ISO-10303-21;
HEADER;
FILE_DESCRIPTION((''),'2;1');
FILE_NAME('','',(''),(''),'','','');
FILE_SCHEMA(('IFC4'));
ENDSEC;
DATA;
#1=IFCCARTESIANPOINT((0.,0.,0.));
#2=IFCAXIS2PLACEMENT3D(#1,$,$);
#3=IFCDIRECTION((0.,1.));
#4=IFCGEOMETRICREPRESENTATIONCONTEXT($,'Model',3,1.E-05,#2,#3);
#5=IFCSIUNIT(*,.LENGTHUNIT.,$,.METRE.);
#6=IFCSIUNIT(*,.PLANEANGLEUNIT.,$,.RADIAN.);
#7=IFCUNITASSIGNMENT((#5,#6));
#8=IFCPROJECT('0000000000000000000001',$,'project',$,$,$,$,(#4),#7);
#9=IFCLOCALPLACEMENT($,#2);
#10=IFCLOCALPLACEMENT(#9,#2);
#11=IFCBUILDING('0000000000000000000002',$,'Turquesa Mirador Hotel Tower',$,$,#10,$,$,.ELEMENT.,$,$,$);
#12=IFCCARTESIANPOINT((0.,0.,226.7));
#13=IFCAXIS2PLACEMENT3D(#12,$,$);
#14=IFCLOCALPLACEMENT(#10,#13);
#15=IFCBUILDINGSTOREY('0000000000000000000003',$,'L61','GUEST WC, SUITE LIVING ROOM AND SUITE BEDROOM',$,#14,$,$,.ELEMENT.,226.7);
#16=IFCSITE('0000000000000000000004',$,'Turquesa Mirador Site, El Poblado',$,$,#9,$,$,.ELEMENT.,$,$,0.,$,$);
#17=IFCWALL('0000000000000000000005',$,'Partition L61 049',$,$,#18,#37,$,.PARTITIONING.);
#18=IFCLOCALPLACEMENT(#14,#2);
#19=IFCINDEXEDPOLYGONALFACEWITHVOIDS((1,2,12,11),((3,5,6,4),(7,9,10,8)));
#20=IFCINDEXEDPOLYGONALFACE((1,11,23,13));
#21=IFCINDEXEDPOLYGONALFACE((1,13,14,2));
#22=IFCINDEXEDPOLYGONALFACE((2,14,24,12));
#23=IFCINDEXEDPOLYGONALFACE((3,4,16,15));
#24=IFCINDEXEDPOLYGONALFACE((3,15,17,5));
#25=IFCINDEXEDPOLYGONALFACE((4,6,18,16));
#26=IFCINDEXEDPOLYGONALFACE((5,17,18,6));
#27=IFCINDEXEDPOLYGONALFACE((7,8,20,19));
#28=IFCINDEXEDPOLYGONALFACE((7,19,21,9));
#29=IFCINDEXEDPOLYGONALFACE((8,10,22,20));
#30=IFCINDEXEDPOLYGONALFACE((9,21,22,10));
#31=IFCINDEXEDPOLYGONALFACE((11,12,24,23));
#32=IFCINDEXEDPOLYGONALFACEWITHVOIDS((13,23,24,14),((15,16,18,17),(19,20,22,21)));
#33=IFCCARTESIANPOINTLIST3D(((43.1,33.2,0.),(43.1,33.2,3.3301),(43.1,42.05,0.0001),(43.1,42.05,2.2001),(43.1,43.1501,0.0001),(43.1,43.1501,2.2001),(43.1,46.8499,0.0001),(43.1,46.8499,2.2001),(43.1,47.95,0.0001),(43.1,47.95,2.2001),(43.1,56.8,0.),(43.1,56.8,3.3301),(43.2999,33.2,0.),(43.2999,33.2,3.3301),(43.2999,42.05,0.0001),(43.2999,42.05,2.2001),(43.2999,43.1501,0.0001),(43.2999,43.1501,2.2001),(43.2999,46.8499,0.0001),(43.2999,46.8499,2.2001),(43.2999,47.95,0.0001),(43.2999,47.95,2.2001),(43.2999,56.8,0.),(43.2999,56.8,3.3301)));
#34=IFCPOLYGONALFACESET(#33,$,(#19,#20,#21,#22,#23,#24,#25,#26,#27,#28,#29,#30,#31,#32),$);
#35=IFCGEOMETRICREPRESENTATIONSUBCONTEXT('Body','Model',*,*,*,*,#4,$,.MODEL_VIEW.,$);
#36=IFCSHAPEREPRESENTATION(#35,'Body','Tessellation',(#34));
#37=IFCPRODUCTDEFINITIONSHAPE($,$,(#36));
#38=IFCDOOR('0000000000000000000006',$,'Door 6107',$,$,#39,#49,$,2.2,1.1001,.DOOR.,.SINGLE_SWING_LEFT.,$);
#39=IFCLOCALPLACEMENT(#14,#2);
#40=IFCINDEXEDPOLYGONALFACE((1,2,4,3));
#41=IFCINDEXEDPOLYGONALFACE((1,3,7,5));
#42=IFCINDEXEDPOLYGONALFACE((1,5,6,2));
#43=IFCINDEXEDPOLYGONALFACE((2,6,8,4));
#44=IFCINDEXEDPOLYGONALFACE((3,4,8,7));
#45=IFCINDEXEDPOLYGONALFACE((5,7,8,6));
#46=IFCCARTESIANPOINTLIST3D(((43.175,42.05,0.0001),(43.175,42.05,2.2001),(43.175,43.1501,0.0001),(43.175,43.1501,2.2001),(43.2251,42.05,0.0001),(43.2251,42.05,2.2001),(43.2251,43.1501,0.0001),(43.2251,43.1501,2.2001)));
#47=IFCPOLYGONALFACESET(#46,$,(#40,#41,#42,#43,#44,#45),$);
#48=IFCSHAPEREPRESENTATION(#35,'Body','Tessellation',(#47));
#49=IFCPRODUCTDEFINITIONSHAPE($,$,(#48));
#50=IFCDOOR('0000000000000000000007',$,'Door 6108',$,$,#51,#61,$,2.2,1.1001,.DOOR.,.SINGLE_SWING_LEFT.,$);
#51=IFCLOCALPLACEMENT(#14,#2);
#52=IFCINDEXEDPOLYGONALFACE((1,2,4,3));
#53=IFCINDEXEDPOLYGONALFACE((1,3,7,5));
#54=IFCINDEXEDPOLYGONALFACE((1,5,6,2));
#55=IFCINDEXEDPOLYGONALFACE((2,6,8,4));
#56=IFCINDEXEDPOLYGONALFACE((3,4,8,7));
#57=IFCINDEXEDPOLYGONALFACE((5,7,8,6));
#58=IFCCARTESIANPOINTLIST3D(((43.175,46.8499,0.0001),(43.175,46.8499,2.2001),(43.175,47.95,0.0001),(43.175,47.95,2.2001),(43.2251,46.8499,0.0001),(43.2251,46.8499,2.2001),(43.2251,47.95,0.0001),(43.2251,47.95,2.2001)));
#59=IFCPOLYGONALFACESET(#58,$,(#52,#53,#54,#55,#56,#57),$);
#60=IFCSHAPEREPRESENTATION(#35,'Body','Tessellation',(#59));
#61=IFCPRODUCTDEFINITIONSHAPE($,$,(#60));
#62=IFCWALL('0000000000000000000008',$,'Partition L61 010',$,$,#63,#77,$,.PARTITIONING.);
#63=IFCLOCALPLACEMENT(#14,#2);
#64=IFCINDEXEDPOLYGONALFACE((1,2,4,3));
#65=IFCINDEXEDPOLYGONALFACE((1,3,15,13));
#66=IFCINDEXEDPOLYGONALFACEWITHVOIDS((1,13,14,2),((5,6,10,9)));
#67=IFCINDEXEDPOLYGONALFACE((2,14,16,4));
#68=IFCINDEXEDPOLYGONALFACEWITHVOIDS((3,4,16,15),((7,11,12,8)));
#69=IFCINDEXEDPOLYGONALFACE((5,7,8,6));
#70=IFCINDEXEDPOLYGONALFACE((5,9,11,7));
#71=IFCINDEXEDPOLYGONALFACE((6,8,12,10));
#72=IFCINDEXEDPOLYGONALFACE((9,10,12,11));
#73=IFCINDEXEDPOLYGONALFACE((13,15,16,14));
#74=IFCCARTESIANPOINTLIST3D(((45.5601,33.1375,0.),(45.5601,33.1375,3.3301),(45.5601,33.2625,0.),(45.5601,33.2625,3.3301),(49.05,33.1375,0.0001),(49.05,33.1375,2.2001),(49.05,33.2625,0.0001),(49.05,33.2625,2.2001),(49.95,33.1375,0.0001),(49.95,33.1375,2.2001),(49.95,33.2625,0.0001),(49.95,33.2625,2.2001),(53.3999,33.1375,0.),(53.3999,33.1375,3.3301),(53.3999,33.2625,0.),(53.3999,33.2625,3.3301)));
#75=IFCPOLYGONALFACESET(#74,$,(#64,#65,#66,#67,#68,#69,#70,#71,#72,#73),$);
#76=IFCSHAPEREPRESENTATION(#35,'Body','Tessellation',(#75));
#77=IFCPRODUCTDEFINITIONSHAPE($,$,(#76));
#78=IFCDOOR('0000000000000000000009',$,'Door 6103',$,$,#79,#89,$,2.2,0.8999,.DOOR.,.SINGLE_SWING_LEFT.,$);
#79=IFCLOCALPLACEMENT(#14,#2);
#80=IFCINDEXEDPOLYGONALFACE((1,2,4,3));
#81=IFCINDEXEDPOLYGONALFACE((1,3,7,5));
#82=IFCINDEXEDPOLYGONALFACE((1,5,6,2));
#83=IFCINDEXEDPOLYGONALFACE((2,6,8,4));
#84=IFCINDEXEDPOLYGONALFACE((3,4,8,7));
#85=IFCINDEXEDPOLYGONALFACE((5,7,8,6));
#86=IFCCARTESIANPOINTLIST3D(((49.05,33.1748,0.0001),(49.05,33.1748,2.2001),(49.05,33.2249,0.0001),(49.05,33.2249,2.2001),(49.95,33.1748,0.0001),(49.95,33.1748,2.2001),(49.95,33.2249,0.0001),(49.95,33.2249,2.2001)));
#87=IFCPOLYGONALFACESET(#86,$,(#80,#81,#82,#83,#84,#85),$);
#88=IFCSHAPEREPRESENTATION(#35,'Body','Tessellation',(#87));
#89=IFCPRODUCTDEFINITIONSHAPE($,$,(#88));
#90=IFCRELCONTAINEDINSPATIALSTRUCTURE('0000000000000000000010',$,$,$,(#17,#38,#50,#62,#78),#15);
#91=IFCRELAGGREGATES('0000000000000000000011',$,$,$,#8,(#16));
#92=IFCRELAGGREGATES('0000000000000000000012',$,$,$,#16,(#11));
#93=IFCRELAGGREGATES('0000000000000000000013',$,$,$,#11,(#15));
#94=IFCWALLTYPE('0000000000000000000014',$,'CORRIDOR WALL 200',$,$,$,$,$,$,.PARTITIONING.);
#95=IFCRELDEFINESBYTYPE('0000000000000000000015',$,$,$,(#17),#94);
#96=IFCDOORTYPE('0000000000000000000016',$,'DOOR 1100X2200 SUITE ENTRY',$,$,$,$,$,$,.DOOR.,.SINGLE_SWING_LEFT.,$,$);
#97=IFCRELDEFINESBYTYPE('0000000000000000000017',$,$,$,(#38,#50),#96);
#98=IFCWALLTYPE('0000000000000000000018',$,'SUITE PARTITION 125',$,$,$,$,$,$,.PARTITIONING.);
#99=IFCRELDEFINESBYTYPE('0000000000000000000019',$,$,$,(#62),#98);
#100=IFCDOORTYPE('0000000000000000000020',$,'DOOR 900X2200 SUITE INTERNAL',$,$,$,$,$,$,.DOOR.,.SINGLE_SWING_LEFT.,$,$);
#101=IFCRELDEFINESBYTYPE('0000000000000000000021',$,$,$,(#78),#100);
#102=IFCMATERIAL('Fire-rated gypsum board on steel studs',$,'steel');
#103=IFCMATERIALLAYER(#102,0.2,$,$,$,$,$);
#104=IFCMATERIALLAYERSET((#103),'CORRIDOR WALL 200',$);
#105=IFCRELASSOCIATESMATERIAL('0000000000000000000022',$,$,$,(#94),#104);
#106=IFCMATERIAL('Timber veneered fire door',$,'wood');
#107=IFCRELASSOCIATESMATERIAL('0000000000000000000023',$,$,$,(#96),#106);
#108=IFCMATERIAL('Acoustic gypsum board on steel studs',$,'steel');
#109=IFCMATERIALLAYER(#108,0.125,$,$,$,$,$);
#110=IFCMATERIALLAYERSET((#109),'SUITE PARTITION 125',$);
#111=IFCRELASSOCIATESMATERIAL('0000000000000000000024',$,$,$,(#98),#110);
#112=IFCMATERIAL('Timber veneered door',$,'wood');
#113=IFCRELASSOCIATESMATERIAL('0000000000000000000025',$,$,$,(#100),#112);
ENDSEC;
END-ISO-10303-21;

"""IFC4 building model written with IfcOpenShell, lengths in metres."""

from ifc_helpers import new_model, si_unit, direction, frame, frame_2d, origin, place, context, subcontext, project, spatial, rectangle, extrude, material, layer, layer_set, type_object, element, fill, save


model = new_model("IFC4")

# Units and contexts
model_context = context("Model", 3, precision=1e-05, world=origin(), true_north=direction((0.0, 1.0)))
body_context = subcontext(model_context, "Body", "Model", "MODEL_VIEW")
ifc_project = project(units=[si_unit("LENGTHUNIT", "METRE"), si_unit("PLANEANGLEUNIT", "RADIAN")], contexts=[model_context])

# Site, building, storey
site_placement = place(None, origin())
site = spatial("IfcSite", under=ifc_project, at=site_placement, Name="Turquesa Mirador Site, El Poblado", CompositionType="ELEMENT", RefElevation=0.0)
building_placement = place(site_placement, origin())
building = spatial("IfcBuilding", under=site, at=building_placement, Name="Turquesa Mirador Hotel Tower", CompositionType="ELEMENT")
storey_placement = place(building_placement, frame((0.0, 0.0, 226.7)))
storey = spatial("IfcBuildingStorey", under=building, at=storey_placement, Name="L61", Description="GUEST WC, SUITE LIVING ROOM AND SUITE BEDROOM", CompositionType="ELEMENT", Elevation=226.7)

# Shared definitions
ifc_material_1 = material(Name="Fire-rated gypsum board on steel studs", Category="steel")
ifc_layer_1 = layer(ifc_material_1, 0.2)
ifc_layer_set_1 = layer_set([ifc_layer_1], Name="CORRIDOR WALL 200")
wall_type_1 = type_object("IfcWallType", Name="CORRIDOR WALL 200", PredefinedType="PARTITIONING", material=ifc_layer_set_1)

# Shared definitions
ifc_material_2 = material(Name="Timber veneered fire door", Category="wood")
door_type_1 = type_object("IfcDoorType", Name="DOOR 1100X2200 SUITE ENTRY", OperationType="SINGLE_SWING_LEFT", PredefinedType="DOOR", material=ifc_material_2)

# Wall, openings, doors
wall_1_placement = place(storey_placement, frame((43.2, 33.2, 0.0), z_axis=(0.0, 0.0, 1.0), x_axis=(0.0, 1.0, 0.0)))
wall_1 = element("IfcWall", 1, at=wall_1_placement, inside=storey, type_object=wall_type_1, Name="Partition L61 049", PredefinedType="PARTITIONING", context=body_context, shape_type="SweptSolid", body=[
    extrude(rectangle(XDim=23.6001, YDim=0.2, at=frame_2d((11.8, 0.0))), origin(), (0.0, 0.0, 1.0), 3.3301),
])
opening_1_placement = place(wall_1_placement, frame((8.8501, 0.0, 0.0)))
opening_1 = element("IfcOpeningElement", 2, at=opening_1_placement, cuts=wall_1, PredefinedType="OPENING", context=body_context, shape_type="SweptSolid", body=[
    extrude(rectangle(XDim=1.1001, YDim=2.2, at=frame_2d((0.55, 1.1001))), frame((0.0, 0.1099, 0.0), z_axis=(0.0, -1.0, 0.0), x_axis=(1.0, 0.0, 0.0)), (0.0, 0.0, 1.0), 0.22),
])
opening_2_placement = place(wall_1_placement, frame((13.6499, 0.0, 0.0)))
opening_2 = element("IfcOpeningElement", 3, at=opening_2_placement, cuts=wall_1, PredefinedType="OPENING", context=body_context, shape_type="SweptSolid", body=[
    extrude(rectangle(XDim=1.1001, YDim=2.2, at=frame_2d((0.55, 1.1001))), frame((0.0, 0.1099, 0.0), z_axis=(0.0, -1.0, 0.0), x_axis=(1.0, 0.0, 0.0)), (0.0, 0.0, 1.0), 0.22),
])
door_1_placement = place(opening_1_placement, origin())
door_1 = element("IfcDoor", 4, at=door_1_placement, inside=storey, type_object=door_type_1, Name="Door 6107", OperationType="SINGLE_SWING_LEFT", OverallHeight=2.2, OverallWidth=1.1001, PredefinedType="DOOR", context=body_context, shape_type="SweptSolid", body=[
    extrude(rectangle(XDim=1.1001, YDim=2.2, at=frame_2d((0.55, 1.1001))), frame((0.0, 0.0249, 0.0), z_axis=(0.0, -1.0, 0.0), x_axis=(1.0, 0.0, 0.0)), (0.0, 0.0, 1.0), 0.05),
])
fill(opening_1, door_1)
door_2_placement = place(opening_2_placement, origin())
door_2 = element("IfcDoor", 5, at=door_2_placement, inside=storey, type_object=door_type_1, Name="Door 6108", OperationType="SINGLE_SWING_LEFT", OverallHeight=2.2, OverallWidth=1.1001, PredefinedType="DOOR", context=body_context, shape_type="SweptSolid", body=[
    extrude(rectangle(XDim=1.1001, YDim=2.2, at=frame_2d((0.55, 1.1001))), frame((0.0, 0.0249, 0.0), z_axis=(0.0, -1.0, 0.0), x_axis=(1.0, 0.0, 0.0)), (0.0, 0.0, 1.0), 0.05),
])
fill(opening_2, door_2)

# Wall, opening, door
ifc_material_3 = material(Name="Acoustic gypsum board on steel studs", Category="steel")
ifc_layer_2 = layer(ifc_material_3, 0.125)
ifc_layer_set_2 = layer_set([ifc_layer_2], Name="SUITE PARTITION 125")
wall_type_2 = type_object("IfcWallType", Name="SUITE PARTITION 125", PredefinedType="PARTITIONING", material=ifc_layer_set_2)
wall_2_placement = place(storey_placement, frame((45.5601, 33.2, 0.0), z_axis=(0.0, 0.0, 1.0), x_axis=(1.0, 0.0, 0.0)))
wall_2 = element("IfcWall", 6, at=wall_2_placement, inside=storey, type_object=wall_type_2, Name="Partition L61 010", PredefinedType="PARTITIONING", context=body_context, shape_type="SweptSolid", body=[
    extrude(rectangle(XDim=7.8398, YDim=0.125, at=frame_2d((3.9199, 0.0))), origin(), (0.0, 0.0, 1.0), 3.3301),
])
opening_3_placement = place(wall_2_placement, frame((3.49, 0.0, 0.0)))
opening_3 = element("IfcOpeningElement", 7, at=opening_3_placement, cuts=wall_2, PredefinedType="OPENING", context=body_context, shape_type="SweptSolid", body=[
    extrude(rectangle(XDim=0.8999, YDim=2.2, at=frame_2d((0.45, 1.1001))), frame((0.0, 0.0725, 0.0), z_axis=(0.0, -1.0, 0.0), x_axis=(1.0, 0.0, 0.0)), (0.0, 0.0, 1.0), 0.145),
])
ifc_material_4 = material(Name="Timber veneered door", Category="wood")
door_type_2 = type_object("IfcDoorType", Name="DOOR 900X2200 SUITE INTERNAL", OperationType="SINGLE_SWING_LEFT", PredefinedType="DOOR", material=ifc_material_4)
door_3_placement = place(opening_3_placement, origin())
door_3 = element("IfcDoor", 8, at=door_3_placement, inside=storey, type_object=door_type_2, Name="Door 6103", OperationType="SINGLE_SWING_LEFT", OverallHeight=2.2, OverallWidth=0.8999, PredefinedType="DOOR", context=body_context, shape_type="SweptSolid", body=[
    extrude(rectangle(XDim=0.8999, YDim=2.2, at=frame_2d((0.45, 1.1001))), frame((0.0, 0.0249, 0.0), z_axis=(0.0, -1.0, 0.0), x_axis=(1.0, 0.0, 0.0)), (0.0, 0.0, 1.0), 0.05),
])
fill(opening_3, door_3)

save(model, "model.ifc")
